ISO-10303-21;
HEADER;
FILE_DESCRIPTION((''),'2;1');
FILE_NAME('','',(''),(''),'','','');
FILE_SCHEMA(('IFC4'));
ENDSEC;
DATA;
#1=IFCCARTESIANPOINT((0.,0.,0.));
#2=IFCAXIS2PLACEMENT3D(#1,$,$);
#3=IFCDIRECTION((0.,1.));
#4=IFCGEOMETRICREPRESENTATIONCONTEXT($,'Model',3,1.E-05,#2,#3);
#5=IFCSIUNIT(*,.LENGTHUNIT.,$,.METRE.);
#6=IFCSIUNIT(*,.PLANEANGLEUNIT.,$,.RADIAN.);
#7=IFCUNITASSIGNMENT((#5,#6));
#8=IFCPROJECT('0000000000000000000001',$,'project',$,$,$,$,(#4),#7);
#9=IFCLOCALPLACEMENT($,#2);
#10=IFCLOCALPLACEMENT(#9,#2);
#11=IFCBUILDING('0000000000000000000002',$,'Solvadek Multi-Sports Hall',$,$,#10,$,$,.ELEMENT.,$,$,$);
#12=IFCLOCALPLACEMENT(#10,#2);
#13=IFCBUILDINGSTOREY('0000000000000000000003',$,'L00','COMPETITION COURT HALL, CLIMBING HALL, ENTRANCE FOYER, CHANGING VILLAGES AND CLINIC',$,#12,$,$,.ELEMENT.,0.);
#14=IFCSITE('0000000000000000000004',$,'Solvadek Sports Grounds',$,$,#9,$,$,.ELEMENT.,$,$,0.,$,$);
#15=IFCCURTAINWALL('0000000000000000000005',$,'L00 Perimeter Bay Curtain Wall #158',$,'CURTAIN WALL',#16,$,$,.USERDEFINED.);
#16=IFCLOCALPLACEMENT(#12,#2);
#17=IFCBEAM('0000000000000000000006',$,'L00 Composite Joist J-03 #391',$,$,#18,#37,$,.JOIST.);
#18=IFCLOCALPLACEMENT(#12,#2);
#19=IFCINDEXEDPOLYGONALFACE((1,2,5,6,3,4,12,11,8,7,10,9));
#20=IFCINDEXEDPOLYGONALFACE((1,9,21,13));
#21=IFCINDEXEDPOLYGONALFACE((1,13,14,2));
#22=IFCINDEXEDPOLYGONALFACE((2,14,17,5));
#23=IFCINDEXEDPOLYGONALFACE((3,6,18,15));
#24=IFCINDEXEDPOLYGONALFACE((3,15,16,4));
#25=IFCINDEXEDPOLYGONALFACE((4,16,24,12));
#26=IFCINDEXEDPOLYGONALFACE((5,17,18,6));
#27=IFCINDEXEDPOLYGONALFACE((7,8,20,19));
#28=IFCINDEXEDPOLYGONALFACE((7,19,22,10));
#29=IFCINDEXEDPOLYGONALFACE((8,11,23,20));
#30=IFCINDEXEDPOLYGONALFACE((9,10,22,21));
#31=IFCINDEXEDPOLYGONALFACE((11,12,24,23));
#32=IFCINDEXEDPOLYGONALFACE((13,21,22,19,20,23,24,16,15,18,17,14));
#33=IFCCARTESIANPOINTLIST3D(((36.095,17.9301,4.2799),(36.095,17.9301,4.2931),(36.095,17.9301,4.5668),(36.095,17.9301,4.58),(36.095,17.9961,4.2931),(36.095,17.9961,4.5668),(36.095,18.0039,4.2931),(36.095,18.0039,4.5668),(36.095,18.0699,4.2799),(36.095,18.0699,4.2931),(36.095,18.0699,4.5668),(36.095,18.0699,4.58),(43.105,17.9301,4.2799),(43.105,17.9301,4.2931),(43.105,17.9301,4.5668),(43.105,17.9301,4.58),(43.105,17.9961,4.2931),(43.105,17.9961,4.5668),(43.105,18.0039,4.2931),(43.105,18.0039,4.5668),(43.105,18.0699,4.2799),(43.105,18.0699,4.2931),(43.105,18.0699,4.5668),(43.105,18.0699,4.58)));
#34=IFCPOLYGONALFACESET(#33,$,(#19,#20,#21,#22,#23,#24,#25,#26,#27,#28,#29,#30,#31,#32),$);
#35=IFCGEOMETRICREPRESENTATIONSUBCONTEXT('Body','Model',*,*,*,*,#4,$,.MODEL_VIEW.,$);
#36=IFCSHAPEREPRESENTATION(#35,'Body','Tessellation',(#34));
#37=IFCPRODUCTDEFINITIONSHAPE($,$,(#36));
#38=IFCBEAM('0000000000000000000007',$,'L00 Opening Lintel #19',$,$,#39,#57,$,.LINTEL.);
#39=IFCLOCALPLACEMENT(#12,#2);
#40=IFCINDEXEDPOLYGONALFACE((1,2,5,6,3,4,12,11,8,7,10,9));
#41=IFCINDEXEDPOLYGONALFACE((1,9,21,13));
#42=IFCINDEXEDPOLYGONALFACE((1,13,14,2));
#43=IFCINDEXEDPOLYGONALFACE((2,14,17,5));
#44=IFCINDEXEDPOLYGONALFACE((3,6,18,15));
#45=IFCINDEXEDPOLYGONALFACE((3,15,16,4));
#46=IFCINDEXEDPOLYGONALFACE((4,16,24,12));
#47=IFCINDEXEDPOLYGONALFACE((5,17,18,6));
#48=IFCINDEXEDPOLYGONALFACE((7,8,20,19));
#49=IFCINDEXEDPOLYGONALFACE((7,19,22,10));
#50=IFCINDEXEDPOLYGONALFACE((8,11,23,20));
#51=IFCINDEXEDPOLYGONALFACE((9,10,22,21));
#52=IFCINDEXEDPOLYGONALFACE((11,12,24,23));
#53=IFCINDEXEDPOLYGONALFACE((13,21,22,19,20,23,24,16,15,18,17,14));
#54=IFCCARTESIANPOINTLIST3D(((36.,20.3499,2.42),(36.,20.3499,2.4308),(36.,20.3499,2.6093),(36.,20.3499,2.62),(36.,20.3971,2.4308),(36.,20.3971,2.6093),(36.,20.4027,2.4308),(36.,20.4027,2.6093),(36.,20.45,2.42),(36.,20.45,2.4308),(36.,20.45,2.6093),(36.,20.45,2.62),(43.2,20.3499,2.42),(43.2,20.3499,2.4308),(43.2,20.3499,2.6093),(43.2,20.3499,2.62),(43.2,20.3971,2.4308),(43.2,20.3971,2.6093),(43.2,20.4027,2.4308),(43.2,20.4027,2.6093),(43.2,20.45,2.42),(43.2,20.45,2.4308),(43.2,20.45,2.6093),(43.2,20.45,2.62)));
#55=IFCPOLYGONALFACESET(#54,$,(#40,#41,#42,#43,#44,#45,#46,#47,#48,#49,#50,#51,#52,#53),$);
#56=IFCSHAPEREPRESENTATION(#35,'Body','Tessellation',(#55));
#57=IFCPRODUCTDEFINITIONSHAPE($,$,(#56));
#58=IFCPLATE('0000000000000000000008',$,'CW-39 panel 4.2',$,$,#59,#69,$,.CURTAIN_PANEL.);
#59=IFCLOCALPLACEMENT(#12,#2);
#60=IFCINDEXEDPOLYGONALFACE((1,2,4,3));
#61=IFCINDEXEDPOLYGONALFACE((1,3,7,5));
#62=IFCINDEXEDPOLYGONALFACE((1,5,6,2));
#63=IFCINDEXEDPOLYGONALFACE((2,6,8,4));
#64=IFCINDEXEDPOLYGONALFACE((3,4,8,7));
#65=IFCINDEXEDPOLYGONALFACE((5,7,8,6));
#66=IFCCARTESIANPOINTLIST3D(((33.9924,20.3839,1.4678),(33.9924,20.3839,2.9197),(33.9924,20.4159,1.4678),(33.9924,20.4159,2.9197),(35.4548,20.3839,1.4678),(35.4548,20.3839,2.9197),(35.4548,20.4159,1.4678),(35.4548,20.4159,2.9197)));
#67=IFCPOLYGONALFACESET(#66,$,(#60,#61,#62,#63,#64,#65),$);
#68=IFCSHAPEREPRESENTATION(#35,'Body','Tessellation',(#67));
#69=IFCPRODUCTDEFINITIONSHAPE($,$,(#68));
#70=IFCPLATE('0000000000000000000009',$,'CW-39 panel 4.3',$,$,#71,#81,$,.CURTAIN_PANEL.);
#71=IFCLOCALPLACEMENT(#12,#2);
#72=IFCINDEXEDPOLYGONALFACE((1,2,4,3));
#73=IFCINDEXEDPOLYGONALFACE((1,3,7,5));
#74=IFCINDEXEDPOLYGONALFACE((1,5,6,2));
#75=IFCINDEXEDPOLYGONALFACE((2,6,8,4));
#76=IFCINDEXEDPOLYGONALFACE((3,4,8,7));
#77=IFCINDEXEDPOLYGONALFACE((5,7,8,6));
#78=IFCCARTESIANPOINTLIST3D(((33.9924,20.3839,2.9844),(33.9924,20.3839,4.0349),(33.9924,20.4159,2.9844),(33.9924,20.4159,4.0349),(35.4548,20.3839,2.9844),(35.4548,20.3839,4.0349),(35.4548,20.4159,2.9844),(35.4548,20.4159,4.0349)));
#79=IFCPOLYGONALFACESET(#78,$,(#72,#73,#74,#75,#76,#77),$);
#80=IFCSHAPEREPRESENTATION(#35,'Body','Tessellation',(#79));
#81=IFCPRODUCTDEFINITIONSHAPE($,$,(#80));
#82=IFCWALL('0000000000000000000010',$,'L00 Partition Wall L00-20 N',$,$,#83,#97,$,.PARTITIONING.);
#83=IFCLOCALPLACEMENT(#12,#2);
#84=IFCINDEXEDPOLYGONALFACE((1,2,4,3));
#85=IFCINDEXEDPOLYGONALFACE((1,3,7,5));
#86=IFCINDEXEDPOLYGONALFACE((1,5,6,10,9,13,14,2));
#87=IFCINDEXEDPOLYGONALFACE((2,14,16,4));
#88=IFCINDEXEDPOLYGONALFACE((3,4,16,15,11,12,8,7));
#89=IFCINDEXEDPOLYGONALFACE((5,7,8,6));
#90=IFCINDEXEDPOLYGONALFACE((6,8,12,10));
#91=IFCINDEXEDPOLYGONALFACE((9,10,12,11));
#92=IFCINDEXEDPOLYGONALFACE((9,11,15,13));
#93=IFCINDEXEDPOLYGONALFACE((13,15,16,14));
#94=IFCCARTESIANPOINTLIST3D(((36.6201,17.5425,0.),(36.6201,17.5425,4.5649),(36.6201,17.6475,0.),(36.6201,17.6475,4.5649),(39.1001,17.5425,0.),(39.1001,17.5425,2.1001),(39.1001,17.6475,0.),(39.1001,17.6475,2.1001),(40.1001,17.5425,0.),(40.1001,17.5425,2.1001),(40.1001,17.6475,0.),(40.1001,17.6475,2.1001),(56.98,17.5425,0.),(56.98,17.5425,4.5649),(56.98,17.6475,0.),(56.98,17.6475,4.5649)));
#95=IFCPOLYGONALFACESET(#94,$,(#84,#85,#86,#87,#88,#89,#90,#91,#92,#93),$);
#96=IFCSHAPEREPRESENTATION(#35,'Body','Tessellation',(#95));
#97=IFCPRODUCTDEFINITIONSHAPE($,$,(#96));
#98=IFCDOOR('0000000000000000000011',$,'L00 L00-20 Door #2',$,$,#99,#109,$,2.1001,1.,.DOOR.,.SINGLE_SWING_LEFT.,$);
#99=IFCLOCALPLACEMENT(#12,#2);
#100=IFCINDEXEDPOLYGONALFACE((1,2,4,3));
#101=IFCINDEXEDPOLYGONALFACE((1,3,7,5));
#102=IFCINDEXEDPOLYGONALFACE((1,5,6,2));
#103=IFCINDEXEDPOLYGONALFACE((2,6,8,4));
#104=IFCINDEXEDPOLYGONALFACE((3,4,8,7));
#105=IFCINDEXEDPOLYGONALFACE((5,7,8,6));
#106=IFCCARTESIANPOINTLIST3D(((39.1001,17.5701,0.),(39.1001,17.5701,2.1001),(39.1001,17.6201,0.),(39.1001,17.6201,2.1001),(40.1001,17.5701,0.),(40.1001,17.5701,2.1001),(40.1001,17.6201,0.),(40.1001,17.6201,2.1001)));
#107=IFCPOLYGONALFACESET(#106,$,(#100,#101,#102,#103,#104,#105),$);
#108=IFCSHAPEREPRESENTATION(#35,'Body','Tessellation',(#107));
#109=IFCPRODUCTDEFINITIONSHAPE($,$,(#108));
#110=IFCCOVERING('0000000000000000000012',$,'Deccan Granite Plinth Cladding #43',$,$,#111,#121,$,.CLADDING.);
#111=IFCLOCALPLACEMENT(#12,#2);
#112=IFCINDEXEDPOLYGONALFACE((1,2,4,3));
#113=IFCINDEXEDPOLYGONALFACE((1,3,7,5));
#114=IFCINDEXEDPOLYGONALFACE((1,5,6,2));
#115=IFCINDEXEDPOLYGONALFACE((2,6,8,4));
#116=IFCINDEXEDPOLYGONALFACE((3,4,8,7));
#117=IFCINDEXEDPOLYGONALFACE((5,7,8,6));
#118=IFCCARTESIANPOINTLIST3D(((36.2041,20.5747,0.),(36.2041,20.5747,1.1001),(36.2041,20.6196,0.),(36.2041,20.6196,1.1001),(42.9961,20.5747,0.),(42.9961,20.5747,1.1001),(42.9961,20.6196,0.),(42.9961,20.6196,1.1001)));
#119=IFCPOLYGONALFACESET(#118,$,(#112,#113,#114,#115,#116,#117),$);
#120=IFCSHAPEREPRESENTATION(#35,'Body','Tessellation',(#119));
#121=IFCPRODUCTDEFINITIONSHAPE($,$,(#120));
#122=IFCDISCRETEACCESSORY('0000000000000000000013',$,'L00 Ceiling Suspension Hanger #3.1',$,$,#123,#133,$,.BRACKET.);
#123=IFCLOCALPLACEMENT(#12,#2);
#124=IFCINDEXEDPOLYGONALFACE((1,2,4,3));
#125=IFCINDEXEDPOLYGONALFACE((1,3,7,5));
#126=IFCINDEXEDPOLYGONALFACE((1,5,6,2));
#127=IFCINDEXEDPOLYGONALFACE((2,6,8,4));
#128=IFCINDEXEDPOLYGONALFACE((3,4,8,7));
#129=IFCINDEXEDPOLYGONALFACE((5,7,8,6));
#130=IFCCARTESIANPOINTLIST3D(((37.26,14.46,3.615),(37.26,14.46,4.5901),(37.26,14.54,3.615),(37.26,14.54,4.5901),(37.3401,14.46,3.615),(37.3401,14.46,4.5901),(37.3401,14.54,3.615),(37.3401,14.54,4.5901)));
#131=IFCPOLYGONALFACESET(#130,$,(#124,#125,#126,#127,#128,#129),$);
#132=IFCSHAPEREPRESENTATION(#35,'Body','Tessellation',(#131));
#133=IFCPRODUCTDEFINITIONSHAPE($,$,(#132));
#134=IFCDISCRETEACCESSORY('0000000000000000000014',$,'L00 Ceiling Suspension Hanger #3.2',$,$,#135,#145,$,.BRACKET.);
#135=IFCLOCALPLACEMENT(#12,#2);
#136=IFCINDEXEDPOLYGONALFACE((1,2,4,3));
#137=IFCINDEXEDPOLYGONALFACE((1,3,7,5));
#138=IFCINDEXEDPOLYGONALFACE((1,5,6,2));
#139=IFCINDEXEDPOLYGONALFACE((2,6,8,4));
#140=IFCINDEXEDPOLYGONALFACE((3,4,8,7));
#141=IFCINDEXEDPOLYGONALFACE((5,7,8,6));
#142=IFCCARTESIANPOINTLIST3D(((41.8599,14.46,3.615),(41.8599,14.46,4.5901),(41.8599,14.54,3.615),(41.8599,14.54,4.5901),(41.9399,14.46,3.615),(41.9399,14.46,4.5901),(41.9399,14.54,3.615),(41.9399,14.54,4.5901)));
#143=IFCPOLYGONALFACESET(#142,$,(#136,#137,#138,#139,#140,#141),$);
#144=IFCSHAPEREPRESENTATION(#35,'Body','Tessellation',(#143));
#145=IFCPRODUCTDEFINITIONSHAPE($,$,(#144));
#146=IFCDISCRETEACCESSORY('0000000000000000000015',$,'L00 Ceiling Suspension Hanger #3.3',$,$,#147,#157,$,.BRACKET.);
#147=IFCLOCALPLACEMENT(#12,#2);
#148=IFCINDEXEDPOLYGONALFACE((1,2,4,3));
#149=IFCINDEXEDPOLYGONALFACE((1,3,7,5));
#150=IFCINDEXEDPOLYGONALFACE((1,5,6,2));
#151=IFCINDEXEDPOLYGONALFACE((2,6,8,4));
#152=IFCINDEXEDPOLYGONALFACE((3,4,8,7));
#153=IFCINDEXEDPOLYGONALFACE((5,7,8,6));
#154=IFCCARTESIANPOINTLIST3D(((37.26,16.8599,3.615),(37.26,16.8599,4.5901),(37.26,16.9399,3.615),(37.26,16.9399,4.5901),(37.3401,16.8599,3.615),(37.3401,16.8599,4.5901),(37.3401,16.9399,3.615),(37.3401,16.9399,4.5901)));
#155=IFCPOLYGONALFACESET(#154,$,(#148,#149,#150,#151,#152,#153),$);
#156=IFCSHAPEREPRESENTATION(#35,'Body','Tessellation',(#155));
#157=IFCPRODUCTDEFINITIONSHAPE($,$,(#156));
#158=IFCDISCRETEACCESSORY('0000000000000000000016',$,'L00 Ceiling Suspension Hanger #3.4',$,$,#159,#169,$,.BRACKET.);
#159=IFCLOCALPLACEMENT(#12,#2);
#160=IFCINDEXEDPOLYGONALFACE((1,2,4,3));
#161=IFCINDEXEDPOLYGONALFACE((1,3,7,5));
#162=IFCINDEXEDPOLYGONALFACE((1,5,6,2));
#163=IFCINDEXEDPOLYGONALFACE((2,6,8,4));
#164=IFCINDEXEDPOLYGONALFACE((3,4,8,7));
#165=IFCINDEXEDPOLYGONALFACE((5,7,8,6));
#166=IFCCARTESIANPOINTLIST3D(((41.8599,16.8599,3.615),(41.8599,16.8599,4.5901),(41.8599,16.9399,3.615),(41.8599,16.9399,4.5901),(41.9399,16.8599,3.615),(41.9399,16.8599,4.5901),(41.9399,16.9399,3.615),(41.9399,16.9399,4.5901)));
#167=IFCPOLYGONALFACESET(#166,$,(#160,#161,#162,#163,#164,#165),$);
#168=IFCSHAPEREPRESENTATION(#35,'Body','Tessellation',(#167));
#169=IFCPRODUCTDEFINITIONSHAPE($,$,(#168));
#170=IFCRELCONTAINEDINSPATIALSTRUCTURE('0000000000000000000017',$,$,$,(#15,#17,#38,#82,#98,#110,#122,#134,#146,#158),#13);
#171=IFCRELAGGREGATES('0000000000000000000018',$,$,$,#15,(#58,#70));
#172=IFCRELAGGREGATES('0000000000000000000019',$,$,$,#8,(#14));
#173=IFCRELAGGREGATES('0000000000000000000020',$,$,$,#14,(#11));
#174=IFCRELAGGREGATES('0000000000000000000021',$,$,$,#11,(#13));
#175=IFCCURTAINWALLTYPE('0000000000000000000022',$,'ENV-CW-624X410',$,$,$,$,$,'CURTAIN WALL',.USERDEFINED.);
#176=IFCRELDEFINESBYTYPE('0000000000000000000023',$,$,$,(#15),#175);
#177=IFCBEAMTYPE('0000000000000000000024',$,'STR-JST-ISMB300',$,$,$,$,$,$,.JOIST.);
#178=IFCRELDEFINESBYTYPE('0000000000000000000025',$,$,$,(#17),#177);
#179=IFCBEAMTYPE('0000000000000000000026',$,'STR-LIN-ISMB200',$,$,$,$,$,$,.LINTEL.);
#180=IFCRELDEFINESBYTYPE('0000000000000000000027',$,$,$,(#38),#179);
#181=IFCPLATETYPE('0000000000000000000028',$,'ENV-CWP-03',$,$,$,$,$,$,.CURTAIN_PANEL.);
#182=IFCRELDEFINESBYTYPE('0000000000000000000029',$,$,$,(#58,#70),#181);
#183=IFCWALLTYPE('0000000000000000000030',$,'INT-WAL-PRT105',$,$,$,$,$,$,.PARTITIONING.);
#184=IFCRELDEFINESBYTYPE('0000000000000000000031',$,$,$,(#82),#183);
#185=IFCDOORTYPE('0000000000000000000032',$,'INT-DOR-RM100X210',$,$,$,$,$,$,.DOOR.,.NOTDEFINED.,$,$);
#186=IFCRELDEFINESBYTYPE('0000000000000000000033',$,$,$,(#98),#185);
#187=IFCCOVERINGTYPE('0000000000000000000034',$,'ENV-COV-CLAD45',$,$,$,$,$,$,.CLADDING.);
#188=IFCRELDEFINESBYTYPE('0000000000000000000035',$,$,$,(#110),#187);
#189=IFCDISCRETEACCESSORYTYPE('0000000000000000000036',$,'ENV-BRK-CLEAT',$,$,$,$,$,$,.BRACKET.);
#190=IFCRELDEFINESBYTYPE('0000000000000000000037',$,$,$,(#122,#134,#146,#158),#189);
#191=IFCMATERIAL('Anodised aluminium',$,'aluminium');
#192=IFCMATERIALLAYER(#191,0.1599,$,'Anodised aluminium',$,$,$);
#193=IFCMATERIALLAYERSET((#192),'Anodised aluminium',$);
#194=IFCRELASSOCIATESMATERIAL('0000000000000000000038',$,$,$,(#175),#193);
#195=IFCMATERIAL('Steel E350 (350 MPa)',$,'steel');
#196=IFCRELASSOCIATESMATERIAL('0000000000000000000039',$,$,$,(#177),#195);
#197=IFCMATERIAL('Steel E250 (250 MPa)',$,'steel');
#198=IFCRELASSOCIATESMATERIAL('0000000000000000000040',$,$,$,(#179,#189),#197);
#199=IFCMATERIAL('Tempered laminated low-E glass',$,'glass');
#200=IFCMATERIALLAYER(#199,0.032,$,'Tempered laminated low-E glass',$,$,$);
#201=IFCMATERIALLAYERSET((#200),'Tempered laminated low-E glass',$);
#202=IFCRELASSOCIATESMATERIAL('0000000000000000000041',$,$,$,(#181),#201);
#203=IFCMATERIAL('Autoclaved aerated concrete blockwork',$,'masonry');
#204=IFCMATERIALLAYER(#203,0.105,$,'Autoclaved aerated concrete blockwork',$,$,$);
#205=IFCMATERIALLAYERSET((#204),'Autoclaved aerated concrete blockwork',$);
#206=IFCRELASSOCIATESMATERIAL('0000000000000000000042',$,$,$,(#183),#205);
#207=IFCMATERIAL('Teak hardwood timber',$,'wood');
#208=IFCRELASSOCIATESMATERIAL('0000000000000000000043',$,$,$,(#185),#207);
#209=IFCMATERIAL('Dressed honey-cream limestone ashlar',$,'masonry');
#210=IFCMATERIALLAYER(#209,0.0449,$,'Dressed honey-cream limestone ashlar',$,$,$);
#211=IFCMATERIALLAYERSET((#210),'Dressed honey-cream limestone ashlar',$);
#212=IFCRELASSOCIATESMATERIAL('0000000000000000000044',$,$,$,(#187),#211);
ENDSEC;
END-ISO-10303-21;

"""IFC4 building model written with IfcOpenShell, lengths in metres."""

from ifc_helpers import new_model, si_unit, direction, frame, frame_2d, origin, origin_2d, place, context, subcontext, project, spatial, rectangle, i_section, extrude, material, layer, layer_set, material_profile, profile_set, type_object, element, fill, aggregate, save


model = new_model("IFC4")

# Units and contexts
model_context = context("Model", 3, precision=1e-05, world=origin(), true_north=direction((0.0, 1.0)))
body_context = subcontext(model_context, "Body", "Model", "MODEL_VIEW")
ifc_project = project(units=[si_unit("LENGTHUNIT", "METRE"), si_unit("PLANEANGLEUNIT", "RADIAN")], contexts=[model_context])

# Site, building, storey
site_placement = place(None, origin())
site = spatial("IfcSite", under=ifc_project, at=site_placement, Name="Solvadek Sports Grounds", CompositionType="ELEMENT", RefElevation=0.0)
building_placement = place(site_placement, origin())
building = spatial("IfcBuilding", under=site, at=building_placement, Name="Solvadek Multi-Sports Hall", CompositionType="ELEMENT")
storey_placement = place(building_placement, origin())
storey = spatial("IfcBuildingStorey", under=building, at=storey_placement, Name="L00", Description="COMPETITION COURT HALL, CLIMBING HALL, ENTRANCE FOYER, CHANGING VILLAGES AND CLINIC", CompositionType="ELEMENT", Elevation=0.0)

# Shared definitions
ifc_material_1 = material(Name="Steel E350 (350 MPa)", Category="steel")

# Curtain wall
ifc_material_2 = material(Name="Anodised aluminium", Category="aluminium")
ifc_layer_1 = layer(ifc_material_2, 0.1599, Name="Anodised aluminium")
ifc_layer_set_1 = layer_set([ifc_layer_1], Name="Anodised aluminium")
curtain_wall_type = type_object("IfcCurtainWallType", Name="ENV-CW-624X410", ElementType="CURTAIN WALL", PredefinedType="USERDEFINED", material=ifc_layer_set_1)
curtain_wall_placement = place(storey_placement, origin())
curtain_wall = element("IfcCurtainWall", 1, at=curtain_wall_placement, inside=storey, type_object=curtain_wall_type, Name="L00 Perimeter Bay Curtain Wall #158", ObjectType="CURTAIN WALL", PredefinedType="USERDEFINED")

# Beams
ifc_material_profile_1 = material_profile(ifc_material_1, i_section(OverallWidth=0.1399, OverallDepth=0.3, WebThickness=0.0078, FlangeThickness=0.0132, at=origin_2d()), Name="ISMB 300")
ifc_profile_set_1 = profile_set([ifc_material_profile_1], Name="Steel E350 (350 MPa)")
beam_type_1 = type_object("IfcBeamType", Name="STR-JST-ISMB300", PredefinedType="JOIST", material=ifc_profile_set_1)
for number, where, z_axis, x_axis, name in (
    (2, (36.095, 18.0, 4.4299), (1.0, 0.0, 0.0), (0.0, 1.0, 0.0), "L00 Composite Joist J-03 #391"),
):
    element("IfcBeam", number, at=place(storey_placement, frame(where, z_axis=z_axis, x_axis=x_axis)), inside=storey, type_object=beam_type_1, Name=name, PredefinedType="JOIST", context=body_context, shape_type="SweptSolid", body=[
        extrude(i_section(OverallWidth=0.1399, OverallDepth=0.3, WebThickness=0.0078, FlangeThickness=0.0132, at=origin_2d()), origin(), (0.0, 0.0, 1.0), 7.01),
    ])
ifc_material_3 = material(Name="Steel E250 (250 MPa)", Category="steel")
ifc_material_profile_2 = material_profile(ifc_material_3, i_section(OverallWidth=0.1001, OverallDepth=0.2, WebThickness=0.0056, FlangeThickness=0.0107, at=origin_2d()), Name="ISMB 200")
ifc_profile_set_2 = profile_set([ifc_material_profile_2], Name="Steel E250 (250 MPa)")
beam_type_2 = type_object("IfcBeamType", Name="STR-LIN-ISMB200", PredefinedType="LINTEL", material=ifc_profile_set_2)
beam_1_placement = place(storey_placement, frame((36.0, 20.3999, 2.52), z_axis=(1.0, 0.0, 0.0), x_axis=(0.0, 1.0, 0.0)))
element("IfcBeam", 3, at=beam_1_placement, inside=storey, type_object=beam_type_2, Name="L00 Opening Lintel #19", PredefinedType="LINTEL", context=body_context, shape_type="SweptSolid", body=[
    extrude(i_section(OverallWidth=0.1001, OverallDepth=0.2, WebThickness=0.0056, FlangeThickness=0.0107, at=origin_2d()), origin(), (0.0, 0.0, 1.0), 7.2),
])

# Plates
ifc_material_4 = material(Name="Tempered laminated low-E glass", Category="glass")
ifc_layer_2 = layer(ifc_material_4, 0.032, Name="Tempered laminated low-E glass")
ifc_layer_set_2 = layer_set([ifc_layer_2], Name="Tempered laminated low-E glass")
plate_type = type_object("IfcPlateType", Name="ENV-CWP-03", PredefinedType="CURTAIN_PANEL", material=ifc_layer_set_2)
plate_1_placement = place(storey_placement, frame((34.7236, 20.3999, 1.4678), z_axis=(0.0, 0.0, 1.0), x_axis=(1.0, 0.0, 0.0)))
plate_1 = element("IfcPlate", 4, at=plate_1_placement, type_object=plate_type, Name="CW-39 panel 4.2", PredefinedType="CURTAIN_PANEL", context=body_context, shape_type="SweptSolid", body=[
    extrude(rectangle(XDim=1.4624, YDim=0.032, at=origin_2d()), origin(), (0.0, 0.0, 1.0), 1.4519),
])
plate_2_placement = place(storey_placement, frame((34.7236, 20.3999, 2.9844), z_axis=(0.0, 0.0, 1.0), x_axis=(1.0, 0.0, 0.0)))
plate_2 = element("IfcPlate", 5, at=plate_2_placement, type_object=plate_type, Name="CW-39 panel 4.3", PredefinedType="CURTAIN_PANEL", context=body_context, shape_type="SweptSolid", body=[
    extrude(rectangle(XDim=1.4624, YDim=0.032, at=origin_2d()), origin(), (0.0, 0.0, 1.0), 1.0505),
])
aggregate(curtain_wall, [plate_1, plate_2])

# Wall, opening, door
ifc_material_5 = material(Name="Autoclaved aerated concrete blockwork", Category="masonry")
ifc_layer_3 = layer(ifc_material_5, 0.105, Name="Autoclaved aerated concrete blockwork")
ifc_layer_set_3 = layer_set([ifc_layer_3], Name="Autoclaved aerated concrete blockwork")
wall_type_1 = type_object("IfcWallType", Name="INT-WAL-PRT105", PredefinedType="PARTITIONING", material=ifc_layer_set_3)
wall_1_placement = place(storey_placement, frame((36.6201, 17.595, 0.0), z_axis=(0.0, 0.0, 1.0), x_axis=(1.0, 0.0, 0.0)))
wall_1 = element("IfcWall", 6, at=wall_1_placement, inside=storey, type_object=wall_type_1, Name="L00 Partition Wall L00-20 N", PredefinedType="PARTITIONING", context=body_context, shape_type="SweptSolid", body=[
    extrude(rectangle(XDim=20.3599, YDim=0.105, at=frame_2d((10.1799, 0.0))), origin(), (0.0, 0.0, 1.0), 4.5649),
])
opening_1_placement = place(wall_1_placement, frame((2.48, 0.0, 0.0)))
opening_1 = element("IfcOpeningElement", 7, at=opening_1_placement, cuts=wall_1, PredefinedType="OPENING", context=body_context, shape_type="SweptSolid", body=[
    extrude(rectangle(XDim=1.0, YDim=2.1001, at=frame_2d((0.5, 1.05))), frame((0.0, 0.0625, 0.0), z_axis=(0.0, -1.0, 0.0), x_axis=(1.0, 0.0, 0.0)), (0.0, 0.0, 1.0), 0.125),
])
ifc_material_6 = material(Name="Teak hardwood timber", Category="wood")
door_type_1 = type_object("IfcDoorType", Name="INT-DOR-RM100X210", OperationType="NOTDEFINED", PredefinedType="DOOR", material=ifc_material_6)
door_1_placement = place(opening_1_placement, frame((1.0, 0.0, 0.0), z_axis=(0.0, 0.0, 1.0), x_axis=(-1.0, 0.0, 0.0)))
door_1 = element("IfcDoor", 8, at=door_1_placement, inside=storey, type_object=door_type_1, Name="L00 L00-20 Door #2", OperationType="SINGLE_SWING_LEFT", OverallHeight=2.1001, OverallWidth=1.0, PredefinedType="DOOR", context=body_context, shape_type="SweptSolid", body=[
    extrude(rectangle(XDim=1.0, YDim=2.1001, at=frame_2d((0.5, 1.05))), frame((0.0, 0.0249, 0.0), z_axis=(0.0, -1.0, 0.0), x_axis=(1.0, 0.0, 0.0)), (0.0, 0.0, 1.0), 0.05),
])
fill(opening_1, door_1)

# Covering
ifc_material_7 = material(Name="Dressed honey-cream limestone ashlar", Category="masonry")
ifc_layer_4 = layer(ifc_material_7, 0.0449, Name="Dressed honey-cream limestone ashlar")
ifc_layer_set_4 = layer_set([ifc_layer_4], Name="Dressed honey-cream limestone ashlar")
covering_type = type_object("IfcCoveringType", Name="ENV-COV-CLAD45", PredefinedType="CLADDING", material=ifc_layer_set_4)
covering_placement = place(storey_placement, frame((39.6001, 20.5972, 0.0), z_axis=(0.0, 0.0, 1.0), x_axis=(1.0, 0.0, 0.0)))
element("IfcCovering", 9, at=covering_placement, inside=storey, type_object=covering_type, Name="Deccan Granite Plinth Cladding #43", PredefinedType="CLADDING", context=body_context, shape_type="SweptSolid", body=[
    extrude(rectangle(XDim=6.792, YDim=0.0449, at=origin_2d()), origin(), (0.0, 0.0, 1.0), 1.1001),
])

# Discrete accessories
discrete_accessory_type = type_object("IfcDiscreteAccessoryType", Name="ENV-BRK-CLEAT", PredefinedType="BRACKET", material=ifc_material_3)
for number, where, z_axis, x_axis, name in (
    (10, (37.3, 14.5, 3.615), (0.0, 0.0, 1.0), (1.0, 0.0, 0.0), "L00 Ceiling Suspension Hanger #3.1"),
    (11, (41.8999, 14.5, 3.615), (0.0, 0.0, 1.0), (1.0, 0.0, 0.0), "L00 Ceiling Suspension Hanger #3.2"),
    (12, (37.3, 16.8999, 3.615), (0.0, 0.0, 1.0), (1.0, 0.0, 0.0), "L00 Ceiling Suspension Hanger #3.3"),
    (13, (41.8999, 16.8999, 3.615), (0.0, 0.0, 1.0), (1.0, 0.0, 0.0), "L00 Ceiling Suspension Hanger #3.4"),
):
    element("IfcDiscreteAccessory", number, at=place(storey_placement, frame(where, z_axis=z_axis, x_axis=x_axis)), inside=storey, type_object=discrete_accessory_type, Name=name, PredefinedType="BRACKET", context=body_context, shape_type="SweptSolid", body=[
        extrude(rectangle(XDim=0.0801, YDim=0.0801, at=origin_2d()), origin(), (0.0, 0.0, 1.0), 0.9751),
    ])

save(model, "model.ifc")
